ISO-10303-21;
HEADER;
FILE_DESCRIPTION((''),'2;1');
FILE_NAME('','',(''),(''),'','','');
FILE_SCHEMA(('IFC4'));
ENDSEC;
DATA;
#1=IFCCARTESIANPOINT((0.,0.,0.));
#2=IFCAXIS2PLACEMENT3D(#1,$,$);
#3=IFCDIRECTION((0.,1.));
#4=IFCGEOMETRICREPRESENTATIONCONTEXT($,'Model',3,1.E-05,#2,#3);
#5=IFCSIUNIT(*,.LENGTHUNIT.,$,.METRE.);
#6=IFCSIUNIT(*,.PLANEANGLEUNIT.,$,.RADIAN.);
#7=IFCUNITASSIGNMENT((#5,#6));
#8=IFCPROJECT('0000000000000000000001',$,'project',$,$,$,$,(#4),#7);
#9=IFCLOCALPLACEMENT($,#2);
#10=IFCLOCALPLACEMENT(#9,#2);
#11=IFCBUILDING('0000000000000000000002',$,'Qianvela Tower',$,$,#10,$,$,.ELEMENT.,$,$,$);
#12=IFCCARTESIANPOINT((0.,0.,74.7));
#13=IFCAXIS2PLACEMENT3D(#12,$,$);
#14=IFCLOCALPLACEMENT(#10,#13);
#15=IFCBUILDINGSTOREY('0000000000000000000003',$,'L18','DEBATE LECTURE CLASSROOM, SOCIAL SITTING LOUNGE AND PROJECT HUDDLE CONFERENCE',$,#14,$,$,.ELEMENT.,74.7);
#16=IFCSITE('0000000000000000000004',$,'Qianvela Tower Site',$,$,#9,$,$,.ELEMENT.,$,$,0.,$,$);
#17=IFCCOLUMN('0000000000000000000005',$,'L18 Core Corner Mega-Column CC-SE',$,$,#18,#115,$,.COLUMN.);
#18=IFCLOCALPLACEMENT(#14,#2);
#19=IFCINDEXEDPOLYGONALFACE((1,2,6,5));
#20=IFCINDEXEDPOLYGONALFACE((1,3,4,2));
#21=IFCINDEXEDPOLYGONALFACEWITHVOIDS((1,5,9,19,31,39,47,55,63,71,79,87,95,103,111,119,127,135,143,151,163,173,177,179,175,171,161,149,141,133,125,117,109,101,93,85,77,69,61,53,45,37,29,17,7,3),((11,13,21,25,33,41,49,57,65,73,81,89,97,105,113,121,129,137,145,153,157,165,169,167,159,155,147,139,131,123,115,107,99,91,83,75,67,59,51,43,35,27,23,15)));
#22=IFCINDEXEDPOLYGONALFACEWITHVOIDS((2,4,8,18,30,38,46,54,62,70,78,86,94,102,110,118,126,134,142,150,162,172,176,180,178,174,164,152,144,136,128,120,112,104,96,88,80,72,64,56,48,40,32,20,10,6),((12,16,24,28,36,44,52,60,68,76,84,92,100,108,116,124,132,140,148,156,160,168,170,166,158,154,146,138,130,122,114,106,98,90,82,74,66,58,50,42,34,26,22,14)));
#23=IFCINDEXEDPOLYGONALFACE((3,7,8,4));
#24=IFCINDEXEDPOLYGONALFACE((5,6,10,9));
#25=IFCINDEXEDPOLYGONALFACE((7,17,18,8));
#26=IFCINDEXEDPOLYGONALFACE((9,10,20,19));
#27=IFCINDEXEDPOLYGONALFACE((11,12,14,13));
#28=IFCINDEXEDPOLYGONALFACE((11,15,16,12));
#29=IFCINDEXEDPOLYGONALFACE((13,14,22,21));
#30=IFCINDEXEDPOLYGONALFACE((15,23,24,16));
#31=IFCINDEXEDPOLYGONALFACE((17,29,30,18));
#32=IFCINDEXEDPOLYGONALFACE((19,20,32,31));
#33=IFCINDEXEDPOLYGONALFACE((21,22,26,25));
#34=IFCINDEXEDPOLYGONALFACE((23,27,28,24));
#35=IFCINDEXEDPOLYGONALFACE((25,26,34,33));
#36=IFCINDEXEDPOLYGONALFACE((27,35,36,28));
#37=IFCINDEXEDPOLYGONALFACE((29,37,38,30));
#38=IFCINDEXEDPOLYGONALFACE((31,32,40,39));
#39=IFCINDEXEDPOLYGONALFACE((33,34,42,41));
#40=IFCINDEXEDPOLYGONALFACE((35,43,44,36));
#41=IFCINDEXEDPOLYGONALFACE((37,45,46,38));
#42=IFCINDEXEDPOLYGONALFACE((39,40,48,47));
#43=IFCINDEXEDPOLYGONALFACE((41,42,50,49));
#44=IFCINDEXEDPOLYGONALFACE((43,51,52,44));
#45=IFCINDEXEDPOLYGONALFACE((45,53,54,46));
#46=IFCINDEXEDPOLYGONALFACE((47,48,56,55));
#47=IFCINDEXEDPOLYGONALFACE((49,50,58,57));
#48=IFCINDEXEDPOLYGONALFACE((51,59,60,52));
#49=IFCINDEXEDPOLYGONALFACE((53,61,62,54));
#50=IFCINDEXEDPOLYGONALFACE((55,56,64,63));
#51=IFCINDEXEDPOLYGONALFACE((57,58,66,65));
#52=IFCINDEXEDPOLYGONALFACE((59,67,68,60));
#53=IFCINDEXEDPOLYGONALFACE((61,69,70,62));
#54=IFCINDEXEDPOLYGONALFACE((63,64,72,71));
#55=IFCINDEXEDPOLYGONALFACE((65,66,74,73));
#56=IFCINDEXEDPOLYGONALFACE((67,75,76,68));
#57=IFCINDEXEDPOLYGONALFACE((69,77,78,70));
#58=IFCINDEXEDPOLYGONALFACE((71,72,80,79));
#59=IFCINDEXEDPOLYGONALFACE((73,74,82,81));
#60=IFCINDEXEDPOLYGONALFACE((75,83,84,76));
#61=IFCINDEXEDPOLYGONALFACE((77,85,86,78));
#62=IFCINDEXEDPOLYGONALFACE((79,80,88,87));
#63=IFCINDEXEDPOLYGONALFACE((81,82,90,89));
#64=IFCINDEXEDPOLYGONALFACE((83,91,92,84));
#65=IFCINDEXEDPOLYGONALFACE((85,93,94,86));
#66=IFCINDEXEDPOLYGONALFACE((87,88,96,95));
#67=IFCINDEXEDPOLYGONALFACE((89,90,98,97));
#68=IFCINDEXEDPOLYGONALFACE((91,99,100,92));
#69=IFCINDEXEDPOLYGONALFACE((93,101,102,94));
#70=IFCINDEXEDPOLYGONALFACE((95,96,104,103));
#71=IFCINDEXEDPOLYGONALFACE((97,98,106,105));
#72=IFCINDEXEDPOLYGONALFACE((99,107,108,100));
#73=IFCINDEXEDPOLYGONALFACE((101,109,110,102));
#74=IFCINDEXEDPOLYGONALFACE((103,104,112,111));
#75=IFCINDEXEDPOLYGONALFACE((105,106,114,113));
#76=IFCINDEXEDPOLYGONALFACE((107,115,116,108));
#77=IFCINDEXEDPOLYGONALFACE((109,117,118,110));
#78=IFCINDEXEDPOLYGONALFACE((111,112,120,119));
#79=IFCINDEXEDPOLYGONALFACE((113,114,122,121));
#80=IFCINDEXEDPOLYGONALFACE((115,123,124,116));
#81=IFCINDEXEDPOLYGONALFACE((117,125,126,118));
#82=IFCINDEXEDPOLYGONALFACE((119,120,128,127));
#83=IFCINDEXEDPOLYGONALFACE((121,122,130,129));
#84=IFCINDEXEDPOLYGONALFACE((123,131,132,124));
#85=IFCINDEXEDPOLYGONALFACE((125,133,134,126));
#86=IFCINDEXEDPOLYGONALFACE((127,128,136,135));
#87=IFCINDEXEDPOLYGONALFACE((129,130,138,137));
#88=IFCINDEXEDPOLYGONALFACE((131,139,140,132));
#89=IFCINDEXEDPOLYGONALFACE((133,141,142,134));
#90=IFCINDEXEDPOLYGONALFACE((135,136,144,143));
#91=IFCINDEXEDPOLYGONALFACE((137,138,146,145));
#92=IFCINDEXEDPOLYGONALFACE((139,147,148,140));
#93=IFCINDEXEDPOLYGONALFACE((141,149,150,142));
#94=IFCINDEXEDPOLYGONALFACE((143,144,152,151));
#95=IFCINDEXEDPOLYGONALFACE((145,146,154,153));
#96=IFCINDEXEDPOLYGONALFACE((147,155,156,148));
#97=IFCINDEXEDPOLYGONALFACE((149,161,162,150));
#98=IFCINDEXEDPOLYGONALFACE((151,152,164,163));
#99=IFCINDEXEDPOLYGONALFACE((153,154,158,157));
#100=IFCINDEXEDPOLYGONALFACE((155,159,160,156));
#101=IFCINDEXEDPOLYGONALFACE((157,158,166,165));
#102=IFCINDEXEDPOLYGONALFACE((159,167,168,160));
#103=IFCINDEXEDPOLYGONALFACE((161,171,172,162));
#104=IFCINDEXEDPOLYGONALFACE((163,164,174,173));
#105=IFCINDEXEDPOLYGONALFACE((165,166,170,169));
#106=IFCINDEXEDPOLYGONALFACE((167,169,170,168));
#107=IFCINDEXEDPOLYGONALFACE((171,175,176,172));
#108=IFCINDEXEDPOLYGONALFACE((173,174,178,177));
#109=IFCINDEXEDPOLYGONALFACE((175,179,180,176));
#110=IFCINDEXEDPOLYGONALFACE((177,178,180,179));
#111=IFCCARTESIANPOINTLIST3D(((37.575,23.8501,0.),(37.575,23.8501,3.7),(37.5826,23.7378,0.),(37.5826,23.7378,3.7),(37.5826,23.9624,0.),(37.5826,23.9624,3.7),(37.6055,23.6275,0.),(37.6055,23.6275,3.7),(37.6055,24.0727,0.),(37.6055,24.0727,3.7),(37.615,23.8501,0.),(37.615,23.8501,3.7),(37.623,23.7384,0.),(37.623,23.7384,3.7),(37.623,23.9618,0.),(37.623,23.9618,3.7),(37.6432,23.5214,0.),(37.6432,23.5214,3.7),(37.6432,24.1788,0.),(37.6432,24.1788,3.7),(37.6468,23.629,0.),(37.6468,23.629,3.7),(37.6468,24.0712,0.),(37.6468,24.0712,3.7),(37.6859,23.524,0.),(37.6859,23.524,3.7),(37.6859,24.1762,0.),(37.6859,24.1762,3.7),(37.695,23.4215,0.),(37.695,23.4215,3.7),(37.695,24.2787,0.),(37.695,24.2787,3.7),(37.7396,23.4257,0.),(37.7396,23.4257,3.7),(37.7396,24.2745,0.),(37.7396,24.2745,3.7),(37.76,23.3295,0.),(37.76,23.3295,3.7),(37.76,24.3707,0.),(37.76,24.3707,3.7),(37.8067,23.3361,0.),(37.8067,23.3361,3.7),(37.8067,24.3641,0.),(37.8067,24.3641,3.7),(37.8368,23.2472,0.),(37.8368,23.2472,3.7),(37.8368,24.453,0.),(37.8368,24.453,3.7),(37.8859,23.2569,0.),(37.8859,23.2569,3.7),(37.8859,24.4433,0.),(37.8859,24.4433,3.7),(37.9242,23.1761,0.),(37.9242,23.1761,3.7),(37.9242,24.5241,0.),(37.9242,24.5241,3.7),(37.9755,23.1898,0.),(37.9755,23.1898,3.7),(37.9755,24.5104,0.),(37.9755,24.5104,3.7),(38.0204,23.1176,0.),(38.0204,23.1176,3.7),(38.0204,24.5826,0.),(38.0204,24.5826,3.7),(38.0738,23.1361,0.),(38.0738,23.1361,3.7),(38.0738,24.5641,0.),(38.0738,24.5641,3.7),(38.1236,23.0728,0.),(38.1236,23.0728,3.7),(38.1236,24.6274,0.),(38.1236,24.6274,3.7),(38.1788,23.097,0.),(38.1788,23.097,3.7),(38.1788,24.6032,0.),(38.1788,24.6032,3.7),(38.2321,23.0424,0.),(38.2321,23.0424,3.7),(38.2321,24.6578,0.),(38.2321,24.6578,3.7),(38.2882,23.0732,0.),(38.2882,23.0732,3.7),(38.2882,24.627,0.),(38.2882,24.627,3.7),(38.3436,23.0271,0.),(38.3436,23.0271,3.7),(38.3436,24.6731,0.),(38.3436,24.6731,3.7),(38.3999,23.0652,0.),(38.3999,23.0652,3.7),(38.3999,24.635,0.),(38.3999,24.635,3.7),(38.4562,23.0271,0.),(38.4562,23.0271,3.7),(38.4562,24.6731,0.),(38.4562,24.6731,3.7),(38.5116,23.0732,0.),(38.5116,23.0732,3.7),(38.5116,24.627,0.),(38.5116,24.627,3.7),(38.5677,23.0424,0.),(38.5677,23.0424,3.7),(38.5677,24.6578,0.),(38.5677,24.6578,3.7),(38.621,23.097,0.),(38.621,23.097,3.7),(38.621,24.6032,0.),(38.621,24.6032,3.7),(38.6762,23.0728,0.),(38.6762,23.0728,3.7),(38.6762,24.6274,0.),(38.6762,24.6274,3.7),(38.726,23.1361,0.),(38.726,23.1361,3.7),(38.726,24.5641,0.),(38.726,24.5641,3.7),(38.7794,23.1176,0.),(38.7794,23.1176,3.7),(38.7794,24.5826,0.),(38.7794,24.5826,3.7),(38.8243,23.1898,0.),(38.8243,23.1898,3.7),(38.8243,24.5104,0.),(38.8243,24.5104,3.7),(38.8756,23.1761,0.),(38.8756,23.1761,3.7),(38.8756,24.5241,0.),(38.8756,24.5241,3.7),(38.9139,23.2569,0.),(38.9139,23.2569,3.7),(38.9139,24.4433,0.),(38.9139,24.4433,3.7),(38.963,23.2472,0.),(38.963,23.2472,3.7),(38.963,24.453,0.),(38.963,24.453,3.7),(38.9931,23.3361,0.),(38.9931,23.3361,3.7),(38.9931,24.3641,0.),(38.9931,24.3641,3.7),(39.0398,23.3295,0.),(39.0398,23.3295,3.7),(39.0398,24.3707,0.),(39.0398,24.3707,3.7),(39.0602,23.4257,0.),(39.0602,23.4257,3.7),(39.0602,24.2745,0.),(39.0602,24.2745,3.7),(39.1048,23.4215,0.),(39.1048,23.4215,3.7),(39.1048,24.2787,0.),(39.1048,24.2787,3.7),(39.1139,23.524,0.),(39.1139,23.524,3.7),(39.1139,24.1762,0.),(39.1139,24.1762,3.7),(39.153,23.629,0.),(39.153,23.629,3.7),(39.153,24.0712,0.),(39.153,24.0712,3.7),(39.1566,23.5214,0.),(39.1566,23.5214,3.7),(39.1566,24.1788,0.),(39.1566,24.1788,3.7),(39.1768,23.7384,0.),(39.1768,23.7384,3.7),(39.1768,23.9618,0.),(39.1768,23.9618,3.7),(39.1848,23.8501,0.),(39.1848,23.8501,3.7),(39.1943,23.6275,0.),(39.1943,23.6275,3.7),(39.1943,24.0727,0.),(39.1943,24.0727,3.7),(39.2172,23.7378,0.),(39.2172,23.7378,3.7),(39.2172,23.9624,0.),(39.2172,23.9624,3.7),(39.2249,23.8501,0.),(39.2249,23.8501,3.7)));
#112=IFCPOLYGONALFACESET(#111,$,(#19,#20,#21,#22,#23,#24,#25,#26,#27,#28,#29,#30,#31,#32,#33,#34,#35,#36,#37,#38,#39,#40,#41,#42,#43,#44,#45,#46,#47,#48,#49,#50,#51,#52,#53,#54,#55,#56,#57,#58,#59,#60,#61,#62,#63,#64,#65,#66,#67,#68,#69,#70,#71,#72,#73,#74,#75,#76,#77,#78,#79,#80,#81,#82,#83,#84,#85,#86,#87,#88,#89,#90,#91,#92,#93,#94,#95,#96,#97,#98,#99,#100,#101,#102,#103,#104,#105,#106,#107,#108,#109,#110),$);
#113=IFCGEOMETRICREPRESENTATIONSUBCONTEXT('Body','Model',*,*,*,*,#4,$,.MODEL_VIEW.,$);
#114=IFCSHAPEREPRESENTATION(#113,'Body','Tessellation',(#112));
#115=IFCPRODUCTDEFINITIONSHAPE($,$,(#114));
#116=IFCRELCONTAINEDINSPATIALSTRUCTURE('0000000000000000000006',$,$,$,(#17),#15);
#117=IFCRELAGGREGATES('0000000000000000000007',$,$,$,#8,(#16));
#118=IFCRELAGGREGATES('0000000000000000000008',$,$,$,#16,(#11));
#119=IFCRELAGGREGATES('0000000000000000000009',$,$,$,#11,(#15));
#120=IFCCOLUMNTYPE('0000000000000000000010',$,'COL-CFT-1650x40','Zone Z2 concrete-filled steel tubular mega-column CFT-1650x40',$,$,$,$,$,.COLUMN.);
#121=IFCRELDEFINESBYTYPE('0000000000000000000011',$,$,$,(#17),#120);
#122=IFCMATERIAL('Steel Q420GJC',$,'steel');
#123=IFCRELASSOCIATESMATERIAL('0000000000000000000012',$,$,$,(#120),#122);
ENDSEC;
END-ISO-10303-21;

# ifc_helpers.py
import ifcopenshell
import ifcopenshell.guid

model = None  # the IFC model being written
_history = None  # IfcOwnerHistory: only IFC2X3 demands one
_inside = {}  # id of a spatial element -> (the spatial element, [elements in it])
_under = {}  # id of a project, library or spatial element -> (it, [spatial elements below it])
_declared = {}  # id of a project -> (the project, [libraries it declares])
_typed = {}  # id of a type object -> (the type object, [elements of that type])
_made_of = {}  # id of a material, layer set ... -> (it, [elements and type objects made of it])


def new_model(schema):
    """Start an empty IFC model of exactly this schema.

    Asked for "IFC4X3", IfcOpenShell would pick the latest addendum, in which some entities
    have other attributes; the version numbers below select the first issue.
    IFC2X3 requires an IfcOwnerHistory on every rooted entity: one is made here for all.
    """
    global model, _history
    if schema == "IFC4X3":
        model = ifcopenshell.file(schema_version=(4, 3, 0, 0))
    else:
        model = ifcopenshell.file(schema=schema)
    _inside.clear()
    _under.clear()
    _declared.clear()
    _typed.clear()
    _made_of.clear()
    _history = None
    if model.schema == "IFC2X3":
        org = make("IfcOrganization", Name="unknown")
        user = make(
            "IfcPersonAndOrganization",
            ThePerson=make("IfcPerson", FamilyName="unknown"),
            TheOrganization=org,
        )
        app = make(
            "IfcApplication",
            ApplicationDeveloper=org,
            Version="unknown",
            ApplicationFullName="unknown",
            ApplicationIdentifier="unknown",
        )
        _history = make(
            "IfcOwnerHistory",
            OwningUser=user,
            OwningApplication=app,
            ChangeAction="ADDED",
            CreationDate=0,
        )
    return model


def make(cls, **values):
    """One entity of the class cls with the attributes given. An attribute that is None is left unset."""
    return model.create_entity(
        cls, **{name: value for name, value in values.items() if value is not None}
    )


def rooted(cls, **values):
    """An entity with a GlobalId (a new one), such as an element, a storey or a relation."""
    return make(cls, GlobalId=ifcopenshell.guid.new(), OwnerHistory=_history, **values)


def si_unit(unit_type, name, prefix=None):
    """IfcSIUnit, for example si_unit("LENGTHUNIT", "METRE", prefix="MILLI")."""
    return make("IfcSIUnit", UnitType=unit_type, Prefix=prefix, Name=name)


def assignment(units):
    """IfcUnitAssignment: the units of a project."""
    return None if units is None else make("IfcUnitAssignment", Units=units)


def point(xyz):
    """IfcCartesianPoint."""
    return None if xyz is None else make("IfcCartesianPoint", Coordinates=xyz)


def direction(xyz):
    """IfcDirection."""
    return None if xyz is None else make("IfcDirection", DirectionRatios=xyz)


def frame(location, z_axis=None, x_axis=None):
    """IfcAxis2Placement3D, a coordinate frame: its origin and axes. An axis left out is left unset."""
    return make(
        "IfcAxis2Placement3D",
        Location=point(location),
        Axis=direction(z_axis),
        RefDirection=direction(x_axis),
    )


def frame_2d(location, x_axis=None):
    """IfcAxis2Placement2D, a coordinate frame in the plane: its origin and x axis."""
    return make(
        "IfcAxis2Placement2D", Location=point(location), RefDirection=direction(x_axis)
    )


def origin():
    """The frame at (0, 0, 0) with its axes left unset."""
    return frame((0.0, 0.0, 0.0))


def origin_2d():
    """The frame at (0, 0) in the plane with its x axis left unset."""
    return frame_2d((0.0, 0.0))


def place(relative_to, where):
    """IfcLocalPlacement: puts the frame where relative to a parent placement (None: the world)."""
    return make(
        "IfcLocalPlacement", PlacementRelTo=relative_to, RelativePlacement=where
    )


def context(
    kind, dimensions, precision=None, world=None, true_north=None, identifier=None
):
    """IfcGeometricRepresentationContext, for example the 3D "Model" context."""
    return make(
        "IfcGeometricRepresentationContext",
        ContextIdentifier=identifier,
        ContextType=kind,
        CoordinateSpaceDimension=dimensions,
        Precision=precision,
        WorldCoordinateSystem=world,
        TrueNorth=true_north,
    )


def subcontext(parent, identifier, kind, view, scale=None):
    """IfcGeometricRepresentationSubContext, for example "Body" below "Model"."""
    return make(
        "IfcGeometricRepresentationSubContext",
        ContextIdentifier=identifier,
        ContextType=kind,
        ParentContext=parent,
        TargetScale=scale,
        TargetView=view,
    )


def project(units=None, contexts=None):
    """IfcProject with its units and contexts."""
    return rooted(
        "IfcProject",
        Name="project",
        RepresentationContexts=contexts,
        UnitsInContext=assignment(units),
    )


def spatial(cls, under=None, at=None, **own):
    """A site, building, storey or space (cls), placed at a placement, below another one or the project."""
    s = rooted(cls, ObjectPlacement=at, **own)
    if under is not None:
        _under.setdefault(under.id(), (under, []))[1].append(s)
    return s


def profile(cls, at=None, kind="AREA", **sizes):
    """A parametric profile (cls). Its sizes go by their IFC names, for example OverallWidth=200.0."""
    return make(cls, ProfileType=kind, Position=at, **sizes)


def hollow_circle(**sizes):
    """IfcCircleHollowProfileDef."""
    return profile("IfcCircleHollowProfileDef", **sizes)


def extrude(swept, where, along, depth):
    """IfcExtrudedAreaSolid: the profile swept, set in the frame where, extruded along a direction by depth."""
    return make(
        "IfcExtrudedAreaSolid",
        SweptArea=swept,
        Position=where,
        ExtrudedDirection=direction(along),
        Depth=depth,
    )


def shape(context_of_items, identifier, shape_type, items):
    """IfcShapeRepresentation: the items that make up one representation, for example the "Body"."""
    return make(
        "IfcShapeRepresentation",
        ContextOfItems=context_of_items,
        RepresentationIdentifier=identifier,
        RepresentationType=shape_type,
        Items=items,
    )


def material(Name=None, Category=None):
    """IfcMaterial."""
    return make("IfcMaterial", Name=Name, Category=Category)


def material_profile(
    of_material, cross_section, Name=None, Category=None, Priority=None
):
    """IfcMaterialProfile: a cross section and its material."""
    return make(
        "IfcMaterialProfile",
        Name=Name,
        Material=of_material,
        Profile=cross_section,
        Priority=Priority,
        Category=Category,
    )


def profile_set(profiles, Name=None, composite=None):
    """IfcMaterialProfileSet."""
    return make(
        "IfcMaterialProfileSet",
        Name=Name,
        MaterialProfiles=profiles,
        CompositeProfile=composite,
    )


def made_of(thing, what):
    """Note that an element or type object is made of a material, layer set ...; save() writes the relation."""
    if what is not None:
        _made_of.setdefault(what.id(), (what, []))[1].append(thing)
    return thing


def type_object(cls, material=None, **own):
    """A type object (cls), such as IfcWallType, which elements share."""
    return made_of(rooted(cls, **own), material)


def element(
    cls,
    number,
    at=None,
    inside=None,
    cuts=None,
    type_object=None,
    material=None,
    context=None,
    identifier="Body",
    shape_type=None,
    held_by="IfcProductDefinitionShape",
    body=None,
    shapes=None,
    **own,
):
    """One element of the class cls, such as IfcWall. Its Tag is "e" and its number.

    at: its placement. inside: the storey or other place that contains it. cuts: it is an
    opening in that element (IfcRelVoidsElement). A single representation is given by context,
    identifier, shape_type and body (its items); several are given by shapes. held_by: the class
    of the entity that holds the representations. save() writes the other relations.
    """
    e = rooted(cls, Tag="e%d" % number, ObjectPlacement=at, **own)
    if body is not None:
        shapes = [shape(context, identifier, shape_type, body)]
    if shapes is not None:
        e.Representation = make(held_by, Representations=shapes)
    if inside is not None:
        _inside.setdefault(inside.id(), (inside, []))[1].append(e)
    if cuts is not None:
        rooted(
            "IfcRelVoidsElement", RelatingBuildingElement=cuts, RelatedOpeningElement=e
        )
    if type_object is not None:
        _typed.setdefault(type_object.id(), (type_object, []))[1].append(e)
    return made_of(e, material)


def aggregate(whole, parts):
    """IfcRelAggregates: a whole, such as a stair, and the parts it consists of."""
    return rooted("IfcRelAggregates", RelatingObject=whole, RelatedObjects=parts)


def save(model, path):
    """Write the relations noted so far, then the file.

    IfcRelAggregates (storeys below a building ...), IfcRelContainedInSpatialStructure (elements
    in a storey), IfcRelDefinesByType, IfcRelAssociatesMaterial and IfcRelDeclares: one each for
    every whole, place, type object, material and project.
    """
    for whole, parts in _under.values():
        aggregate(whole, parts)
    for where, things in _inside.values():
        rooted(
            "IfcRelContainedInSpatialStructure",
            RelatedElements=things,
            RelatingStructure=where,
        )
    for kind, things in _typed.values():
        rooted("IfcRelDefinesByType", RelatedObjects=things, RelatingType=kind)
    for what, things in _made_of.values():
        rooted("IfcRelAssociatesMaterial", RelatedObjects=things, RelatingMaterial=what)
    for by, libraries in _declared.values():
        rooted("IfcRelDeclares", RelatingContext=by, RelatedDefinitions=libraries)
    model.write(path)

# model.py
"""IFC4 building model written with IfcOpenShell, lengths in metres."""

from ifc_helpers import new_model, si_unit, direction, frame, origin, origin_2d, place, context, subcontext, project, spatial, hollow_circle, extrude, material, material_profile, profile_set, type_object, element, save


model = new_model("IFC4")

# Units and contexts
model_context = context("Model", 3, precision=1e-05, world=origin(), true_north=direction((0.0, 1.0)))
body_context = subcontext(model_context, "Body", "Model", "MODEL_VIEW")
ifc_project = project(units=[si_unit("LENGTHUNIT", "METRE"), si_unit("PLANEANGLEUNIT", "RADIAN")], contexts=[model_context])

# Site, building, storey
site_placement = place(None, origin())
site = spatial("IfcSite", under=ifc_project, at=site_placement, Name="Qianvela Tower Site", CompositionType="ELEMENT", RefElevation=0.0)
building_placement = place(site_placement, origin())
building = spatial("IfcBuilding", under=site, at=building_placement, Name="Qianvela Tower", CompositionType="ELEMENT")
storey_placement = place(building_placement, frame((0.0, 0.0, 74.7)))
storey = spatial("IfcBuildingStorey", under=building, at=storey_placement, Name="L18", Description="DEBATE LECTURE CLASSROOM, SOCIAL SITTING LOUNGE AND PROJECT HUDDLE CONFERENCE", CompositionType="ELEMENT", Elevation=74.7)

# Column
ifc_material_1 = material(Name="Steel Q420GJC", Category="steel")
ifc_material_profile_1 = material_profile(ifc_material_1, hollow_circle(Radius=0.825, WallThickness=0.04, at=origin_2d()), Name="CFT-1650x40")
ifc_profile_set_1 = profile_set([ifc_material_profile_1], Name="Steel Q420GJC")
column_type = type_object("IfcColumnType", Name="COL-CFT-1650x40", Description="Zone Z2 concrete-filled steel tubular mega-column CFT-1650x40", PredefinedType="COLUMN", material=ifc_profile_set_1)
for number, where, z_axis, x_axis, name in (
    (1, (38.3999, 23.8501, 0.0), (0.0, 0.0, 1.0), (1.0, 0.0, 0.0), "L18 Core Corner Mega-Column CC-SE"),
):
    element("IfcColumn", number, at=place(storey_placement, frame(where, z_axis=z_axis, x_axis=x_axis)), inside=storey, type_object=column_type, Name=name, PredefinedType="COLUMN", context=body_context, shape_type="SweptSolid", body=[
        extrude(hollow_circle(Radius=0.825, WallThickness=0.04, at=origin_2d()), origin(), (0.0, 0.0, 1.0), 3.7),
    ])

save(model, "model.ifc")
